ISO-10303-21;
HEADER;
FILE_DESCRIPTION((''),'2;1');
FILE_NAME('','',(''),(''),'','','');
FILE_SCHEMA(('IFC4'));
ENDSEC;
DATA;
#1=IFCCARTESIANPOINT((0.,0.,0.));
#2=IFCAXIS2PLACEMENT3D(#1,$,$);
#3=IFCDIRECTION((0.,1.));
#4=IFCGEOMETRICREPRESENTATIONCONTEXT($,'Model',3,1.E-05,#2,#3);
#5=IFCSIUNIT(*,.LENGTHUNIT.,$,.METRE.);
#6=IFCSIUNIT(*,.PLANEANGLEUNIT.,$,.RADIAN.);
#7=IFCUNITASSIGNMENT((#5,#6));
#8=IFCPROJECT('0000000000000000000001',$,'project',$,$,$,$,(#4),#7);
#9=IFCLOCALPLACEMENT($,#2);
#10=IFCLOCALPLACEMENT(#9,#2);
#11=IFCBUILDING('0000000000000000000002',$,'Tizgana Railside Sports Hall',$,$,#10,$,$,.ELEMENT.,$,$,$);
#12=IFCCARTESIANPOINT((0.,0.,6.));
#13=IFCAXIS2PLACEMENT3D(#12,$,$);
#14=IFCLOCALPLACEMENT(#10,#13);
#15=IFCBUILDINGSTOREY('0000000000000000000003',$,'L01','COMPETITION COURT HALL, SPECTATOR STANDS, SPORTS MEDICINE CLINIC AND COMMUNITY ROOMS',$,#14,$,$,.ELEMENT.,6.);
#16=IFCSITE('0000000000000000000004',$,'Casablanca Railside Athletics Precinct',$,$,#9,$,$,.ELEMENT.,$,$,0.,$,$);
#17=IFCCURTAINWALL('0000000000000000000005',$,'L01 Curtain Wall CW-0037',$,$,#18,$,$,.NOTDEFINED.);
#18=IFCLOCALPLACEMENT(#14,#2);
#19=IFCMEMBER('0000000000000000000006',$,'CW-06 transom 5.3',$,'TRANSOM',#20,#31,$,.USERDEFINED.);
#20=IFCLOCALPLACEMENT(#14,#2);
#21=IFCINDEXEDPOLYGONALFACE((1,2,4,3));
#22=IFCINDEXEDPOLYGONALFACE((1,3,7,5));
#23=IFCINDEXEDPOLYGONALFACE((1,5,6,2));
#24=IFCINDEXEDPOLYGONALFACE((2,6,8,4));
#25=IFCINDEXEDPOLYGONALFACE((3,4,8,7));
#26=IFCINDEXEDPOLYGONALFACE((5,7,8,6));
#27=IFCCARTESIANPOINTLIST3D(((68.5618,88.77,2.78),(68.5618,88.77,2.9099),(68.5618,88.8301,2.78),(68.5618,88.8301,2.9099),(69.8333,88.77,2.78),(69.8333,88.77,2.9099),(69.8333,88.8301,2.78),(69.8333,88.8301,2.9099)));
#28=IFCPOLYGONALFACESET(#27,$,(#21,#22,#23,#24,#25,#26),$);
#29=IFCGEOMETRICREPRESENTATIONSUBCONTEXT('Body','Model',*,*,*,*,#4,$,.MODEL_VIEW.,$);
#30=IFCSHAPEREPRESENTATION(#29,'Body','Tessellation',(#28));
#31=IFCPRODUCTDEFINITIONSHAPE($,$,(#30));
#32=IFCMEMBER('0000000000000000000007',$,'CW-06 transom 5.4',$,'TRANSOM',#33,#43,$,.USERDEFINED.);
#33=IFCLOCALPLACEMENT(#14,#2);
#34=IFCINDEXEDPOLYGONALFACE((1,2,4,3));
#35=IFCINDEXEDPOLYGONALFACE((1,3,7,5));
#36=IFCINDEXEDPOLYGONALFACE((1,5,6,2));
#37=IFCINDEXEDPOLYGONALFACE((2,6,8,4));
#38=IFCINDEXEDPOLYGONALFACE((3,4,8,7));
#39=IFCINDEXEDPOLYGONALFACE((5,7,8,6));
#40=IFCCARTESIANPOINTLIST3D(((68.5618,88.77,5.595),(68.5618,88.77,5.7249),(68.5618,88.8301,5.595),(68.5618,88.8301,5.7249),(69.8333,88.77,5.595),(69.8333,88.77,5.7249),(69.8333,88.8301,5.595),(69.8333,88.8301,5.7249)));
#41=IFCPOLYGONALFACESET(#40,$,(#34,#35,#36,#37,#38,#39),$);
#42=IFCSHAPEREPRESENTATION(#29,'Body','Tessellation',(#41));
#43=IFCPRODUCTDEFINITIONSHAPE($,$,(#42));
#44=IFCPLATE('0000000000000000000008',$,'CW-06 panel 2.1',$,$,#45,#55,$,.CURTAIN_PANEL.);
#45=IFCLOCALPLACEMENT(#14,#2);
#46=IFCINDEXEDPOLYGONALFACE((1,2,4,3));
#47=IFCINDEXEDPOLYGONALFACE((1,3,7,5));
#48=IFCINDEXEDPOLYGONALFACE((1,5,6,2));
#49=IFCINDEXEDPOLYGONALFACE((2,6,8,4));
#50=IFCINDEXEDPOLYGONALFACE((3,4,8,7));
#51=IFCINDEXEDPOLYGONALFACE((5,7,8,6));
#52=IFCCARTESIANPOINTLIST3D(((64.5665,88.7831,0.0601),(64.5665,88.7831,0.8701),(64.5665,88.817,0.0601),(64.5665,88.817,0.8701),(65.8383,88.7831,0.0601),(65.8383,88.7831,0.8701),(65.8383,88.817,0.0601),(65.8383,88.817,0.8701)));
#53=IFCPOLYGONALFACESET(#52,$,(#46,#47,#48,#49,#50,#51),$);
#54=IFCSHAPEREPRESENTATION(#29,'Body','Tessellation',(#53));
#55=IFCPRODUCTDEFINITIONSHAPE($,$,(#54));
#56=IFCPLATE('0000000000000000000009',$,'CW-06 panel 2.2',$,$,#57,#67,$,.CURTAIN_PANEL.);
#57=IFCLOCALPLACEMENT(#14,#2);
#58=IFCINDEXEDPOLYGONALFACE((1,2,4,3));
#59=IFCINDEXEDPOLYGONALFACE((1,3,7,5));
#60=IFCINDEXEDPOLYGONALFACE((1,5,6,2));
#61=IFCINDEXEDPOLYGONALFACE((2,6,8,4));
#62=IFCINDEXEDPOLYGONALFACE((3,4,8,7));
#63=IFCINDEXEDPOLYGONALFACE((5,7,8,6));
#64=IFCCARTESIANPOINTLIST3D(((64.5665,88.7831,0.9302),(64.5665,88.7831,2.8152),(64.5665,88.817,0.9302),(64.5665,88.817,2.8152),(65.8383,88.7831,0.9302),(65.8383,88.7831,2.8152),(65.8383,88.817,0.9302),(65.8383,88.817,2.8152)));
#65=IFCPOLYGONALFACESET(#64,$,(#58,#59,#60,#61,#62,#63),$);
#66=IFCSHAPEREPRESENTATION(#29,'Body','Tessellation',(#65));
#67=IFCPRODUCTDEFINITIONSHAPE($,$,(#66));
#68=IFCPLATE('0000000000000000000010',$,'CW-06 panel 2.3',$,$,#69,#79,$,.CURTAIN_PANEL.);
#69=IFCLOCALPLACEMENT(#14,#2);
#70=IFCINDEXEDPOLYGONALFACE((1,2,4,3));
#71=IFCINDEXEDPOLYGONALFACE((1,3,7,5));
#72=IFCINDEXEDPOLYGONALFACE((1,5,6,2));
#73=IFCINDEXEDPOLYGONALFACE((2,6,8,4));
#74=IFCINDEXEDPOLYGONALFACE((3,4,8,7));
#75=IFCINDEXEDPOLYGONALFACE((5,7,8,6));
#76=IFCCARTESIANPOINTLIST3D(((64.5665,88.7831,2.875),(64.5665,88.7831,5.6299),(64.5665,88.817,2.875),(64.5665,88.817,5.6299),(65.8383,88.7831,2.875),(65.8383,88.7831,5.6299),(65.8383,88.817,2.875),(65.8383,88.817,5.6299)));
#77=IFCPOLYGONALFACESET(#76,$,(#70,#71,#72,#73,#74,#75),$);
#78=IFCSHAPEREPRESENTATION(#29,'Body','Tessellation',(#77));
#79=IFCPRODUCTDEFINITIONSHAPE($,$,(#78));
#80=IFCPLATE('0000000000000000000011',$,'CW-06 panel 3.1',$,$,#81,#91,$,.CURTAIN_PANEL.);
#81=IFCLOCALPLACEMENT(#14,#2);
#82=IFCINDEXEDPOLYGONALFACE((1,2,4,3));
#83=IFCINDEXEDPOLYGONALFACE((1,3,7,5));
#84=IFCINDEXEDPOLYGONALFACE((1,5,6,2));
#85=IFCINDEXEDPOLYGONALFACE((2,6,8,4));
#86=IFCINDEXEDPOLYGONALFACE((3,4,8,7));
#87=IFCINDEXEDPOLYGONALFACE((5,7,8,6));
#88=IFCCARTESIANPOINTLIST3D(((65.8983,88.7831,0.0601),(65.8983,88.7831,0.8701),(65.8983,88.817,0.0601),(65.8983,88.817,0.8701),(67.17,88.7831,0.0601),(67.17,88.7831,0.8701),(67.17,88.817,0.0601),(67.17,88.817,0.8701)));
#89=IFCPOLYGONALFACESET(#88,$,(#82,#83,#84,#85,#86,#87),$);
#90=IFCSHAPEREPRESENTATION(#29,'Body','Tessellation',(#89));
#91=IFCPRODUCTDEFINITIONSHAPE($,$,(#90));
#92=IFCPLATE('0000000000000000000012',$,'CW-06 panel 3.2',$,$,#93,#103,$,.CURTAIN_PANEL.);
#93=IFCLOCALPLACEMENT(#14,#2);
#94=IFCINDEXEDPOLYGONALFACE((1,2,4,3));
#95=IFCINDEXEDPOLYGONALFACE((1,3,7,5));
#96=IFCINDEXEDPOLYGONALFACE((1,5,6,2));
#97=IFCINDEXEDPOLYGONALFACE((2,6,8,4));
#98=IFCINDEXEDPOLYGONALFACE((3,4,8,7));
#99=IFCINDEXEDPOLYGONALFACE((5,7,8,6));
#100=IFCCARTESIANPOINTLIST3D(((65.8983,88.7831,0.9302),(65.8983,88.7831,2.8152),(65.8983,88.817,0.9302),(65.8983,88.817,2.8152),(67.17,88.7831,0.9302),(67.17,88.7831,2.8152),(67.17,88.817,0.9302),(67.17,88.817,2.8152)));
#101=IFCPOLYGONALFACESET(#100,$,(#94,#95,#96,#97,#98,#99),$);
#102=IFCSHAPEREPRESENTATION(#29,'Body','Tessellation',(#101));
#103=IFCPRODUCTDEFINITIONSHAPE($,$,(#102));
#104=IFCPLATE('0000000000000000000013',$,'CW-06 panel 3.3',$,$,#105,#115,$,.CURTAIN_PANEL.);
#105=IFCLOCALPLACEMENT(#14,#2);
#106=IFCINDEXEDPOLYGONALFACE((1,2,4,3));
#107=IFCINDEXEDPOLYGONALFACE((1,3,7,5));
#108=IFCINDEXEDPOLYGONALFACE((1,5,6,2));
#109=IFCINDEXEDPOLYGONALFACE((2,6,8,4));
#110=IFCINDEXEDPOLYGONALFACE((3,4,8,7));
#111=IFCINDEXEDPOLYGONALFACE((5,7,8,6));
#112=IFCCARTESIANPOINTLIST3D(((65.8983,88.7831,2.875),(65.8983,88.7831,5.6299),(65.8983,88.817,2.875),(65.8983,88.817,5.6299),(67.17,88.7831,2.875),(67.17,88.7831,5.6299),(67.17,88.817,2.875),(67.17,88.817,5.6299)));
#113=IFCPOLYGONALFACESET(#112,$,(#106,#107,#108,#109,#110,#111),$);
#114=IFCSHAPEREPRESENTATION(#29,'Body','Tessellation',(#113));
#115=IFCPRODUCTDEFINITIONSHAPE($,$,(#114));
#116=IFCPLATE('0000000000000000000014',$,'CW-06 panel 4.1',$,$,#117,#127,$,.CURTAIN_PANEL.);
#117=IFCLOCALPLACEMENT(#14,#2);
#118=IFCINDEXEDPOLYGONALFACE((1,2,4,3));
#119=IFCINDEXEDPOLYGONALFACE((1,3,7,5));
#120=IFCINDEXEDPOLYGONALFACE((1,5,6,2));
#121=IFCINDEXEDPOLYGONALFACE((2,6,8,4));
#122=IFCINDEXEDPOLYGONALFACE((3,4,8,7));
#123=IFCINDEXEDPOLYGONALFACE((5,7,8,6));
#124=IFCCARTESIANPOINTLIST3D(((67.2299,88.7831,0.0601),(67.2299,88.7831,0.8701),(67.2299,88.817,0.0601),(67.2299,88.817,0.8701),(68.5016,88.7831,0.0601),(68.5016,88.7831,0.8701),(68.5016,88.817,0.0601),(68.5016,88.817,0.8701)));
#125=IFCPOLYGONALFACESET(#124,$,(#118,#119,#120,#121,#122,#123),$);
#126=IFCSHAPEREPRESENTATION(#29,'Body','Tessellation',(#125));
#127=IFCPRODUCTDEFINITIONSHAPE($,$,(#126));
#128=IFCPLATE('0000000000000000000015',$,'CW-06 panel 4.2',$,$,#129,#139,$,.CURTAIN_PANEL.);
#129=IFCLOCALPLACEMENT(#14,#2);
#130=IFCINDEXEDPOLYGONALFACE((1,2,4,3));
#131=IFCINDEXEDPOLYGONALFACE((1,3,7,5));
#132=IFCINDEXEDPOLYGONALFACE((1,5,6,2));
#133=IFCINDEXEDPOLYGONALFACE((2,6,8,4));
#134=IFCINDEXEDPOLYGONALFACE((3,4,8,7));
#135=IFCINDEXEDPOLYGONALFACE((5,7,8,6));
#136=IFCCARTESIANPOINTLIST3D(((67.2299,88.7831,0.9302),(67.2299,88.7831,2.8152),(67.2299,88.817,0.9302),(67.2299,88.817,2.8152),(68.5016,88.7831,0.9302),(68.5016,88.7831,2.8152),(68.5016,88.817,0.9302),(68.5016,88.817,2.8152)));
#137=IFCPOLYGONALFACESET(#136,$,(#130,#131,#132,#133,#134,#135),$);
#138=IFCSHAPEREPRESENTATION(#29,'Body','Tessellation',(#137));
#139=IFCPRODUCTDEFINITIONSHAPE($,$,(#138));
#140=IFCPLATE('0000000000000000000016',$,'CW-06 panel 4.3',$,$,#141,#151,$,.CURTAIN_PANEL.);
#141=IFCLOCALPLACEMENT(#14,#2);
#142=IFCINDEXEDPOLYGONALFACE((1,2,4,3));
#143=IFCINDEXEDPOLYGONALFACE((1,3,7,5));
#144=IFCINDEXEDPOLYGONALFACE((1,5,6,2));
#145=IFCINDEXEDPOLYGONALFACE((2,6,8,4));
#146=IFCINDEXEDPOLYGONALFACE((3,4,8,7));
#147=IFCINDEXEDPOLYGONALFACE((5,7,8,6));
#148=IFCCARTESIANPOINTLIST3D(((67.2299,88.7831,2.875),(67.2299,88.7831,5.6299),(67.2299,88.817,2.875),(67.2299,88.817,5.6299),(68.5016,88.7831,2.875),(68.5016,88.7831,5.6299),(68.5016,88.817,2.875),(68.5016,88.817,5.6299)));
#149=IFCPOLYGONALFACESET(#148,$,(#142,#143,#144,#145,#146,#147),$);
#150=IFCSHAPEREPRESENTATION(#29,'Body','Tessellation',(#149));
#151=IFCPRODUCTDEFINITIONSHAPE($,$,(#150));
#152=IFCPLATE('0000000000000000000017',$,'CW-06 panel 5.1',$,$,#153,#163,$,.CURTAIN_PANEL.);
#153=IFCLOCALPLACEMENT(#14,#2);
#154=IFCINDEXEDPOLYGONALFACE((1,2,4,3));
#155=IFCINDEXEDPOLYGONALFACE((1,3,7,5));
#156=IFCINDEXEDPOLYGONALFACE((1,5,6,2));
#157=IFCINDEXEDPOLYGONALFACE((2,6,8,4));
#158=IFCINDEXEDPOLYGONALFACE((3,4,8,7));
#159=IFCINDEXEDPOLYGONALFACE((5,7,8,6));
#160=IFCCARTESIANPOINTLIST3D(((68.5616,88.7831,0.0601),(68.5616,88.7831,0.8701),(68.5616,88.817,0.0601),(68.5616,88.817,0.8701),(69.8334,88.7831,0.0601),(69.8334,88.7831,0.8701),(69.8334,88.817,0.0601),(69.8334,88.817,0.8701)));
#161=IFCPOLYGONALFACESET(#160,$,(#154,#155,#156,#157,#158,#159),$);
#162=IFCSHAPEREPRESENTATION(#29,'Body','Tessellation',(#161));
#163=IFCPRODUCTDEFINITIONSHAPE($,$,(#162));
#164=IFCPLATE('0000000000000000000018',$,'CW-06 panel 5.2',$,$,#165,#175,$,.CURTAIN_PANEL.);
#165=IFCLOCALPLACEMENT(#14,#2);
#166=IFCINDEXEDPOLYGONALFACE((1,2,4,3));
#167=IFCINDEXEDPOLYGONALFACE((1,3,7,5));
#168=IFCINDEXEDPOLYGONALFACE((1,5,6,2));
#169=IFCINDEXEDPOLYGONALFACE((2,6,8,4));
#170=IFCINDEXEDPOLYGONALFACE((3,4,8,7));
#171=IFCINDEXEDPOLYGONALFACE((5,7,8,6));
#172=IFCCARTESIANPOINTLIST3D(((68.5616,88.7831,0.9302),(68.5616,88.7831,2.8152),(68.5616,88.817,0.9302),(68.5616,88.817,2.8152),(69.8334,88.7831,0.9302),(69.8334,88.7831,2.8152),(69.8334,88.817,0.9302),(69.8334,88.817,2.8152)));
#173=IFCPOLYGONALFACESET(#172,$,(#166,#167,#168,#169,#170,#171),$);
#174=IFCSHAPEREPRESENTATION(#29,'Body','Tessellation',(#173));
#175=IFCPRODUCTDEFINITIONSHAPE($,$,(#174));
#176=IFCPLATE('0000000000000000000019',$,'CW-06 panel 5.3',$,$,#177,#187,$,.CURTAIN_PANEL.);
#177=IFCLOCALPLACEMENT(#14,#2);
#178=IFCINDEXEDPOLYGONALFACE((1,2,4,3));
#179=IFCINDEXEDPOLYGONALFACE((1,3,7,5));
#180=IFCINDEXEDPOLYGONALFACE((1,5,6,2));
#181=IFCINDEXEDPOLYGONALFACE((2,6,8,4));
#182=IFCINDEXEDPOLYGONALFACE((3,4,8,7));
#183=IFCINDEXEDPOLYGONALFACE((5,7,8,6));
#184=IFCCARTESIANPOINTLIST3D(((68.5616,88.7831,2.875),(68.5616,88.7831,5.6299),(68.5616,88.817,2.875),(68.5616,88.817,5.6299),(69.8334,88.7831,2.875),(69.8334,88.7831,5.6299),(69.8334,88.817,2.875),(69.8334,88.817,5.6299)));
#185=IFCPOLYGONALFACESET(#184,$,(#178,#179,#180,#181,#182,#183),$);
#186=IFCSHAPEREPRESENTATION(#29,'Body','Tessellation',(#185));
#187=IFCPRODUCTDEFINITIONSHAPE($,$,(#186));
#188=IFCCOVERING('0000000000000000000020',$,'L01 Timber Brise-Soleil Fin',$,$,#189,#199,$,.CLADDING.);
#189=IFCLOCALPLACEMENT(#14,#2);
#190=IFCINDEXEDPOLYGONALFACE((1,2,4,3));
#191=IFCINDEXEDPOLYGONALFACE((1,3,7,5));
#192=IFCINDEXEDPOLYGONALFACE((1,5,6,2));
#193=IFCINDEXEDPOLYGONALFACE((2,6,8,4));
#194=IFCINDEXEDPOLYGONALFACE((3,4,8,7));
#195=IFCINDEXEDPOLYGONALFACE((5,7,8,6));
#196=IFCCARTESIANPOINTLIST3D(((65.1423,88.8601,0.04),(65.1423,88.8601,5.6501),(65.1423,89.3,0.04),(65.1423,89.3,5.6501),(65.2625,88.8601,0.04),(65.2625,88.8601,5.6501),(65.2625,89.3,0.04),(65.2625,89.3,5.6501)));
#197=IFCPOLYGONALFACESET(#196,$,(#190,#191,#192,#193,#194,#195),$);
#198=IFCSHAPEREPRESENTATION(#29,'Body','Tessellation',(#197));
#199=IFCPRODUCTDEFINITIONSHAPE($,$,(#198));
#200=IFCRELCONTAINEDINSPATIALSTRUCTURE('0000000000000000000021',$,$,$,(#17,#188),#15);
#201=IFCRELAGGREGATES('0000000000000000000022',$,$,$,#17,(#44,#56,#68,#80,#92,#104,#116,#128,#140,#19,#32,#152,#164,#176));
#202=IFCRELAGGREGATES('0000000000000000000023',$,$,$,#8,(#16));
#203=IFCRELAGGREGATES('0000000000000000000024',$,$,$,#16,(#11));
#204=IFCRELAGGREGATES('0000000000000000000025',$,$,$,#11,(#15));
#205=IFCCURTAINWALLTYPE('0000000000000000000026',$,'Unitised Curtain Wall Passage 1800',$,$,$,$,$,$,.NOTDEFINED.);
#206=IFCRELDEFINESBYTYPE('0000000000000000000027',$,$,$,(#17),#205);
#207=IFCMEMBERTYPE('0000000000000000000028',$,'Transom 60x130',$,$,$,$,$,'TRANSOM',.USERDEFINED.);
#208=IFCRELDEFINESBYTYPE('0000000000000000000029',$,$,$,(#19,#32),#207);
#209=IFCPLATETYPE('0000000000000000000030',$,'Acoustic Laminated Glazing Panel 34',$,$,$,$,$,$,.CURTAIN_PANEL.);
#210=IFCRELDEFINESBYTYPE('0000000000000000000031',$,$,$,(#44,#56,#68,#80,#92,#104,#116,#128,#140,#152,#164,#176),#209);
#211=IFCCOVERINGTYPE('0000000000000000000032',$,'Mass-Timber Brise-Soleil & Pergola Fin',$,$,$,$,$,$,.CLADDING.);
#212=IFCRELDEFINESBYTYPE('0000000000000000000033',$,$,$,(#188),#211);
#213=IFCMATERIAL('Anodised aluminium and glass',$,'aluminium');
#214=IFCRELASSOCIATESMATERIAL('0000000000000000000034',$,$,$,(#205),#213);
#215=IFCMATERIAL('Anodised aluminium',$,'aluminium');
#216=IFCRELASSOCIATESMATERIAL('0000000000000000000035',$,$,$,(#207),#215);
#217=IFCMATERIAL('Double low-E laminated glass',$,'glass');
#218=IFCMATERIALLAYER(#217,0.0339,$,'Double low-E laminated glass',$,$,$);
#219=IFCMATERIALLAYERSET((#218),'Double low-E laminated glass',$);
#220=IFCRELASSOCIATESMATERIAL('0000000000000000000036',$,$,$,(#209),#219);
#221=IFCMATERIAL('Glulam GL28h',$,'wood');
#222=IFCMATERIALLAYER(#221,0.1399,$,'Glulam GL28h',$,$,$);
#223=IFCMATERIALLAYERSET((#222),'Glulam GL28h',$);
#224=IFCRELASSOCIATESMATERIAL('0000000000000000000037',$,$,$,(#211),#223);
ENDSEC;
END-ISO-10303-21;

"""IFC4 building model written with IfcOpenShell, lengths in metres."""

from ifc_helpers import new_model, si_unit, direction, frame, origin, origin_2d, place, context, subcontext, project, spatial, rectangle, extrude, material, layer, layer_set, material_profile, profile_set, type_object, element, aggregate, save


model = new_model("IFC4")

# Units and contexts
model_context = context("Model", 3, precision=1e-05, world=origin(), true_north=direction((0.0, 1.0)))
body_context = subcontext(model_context, "Body", "Model", "MODEL_VIEW")
ifc_project = project(units=[si_unit("LENGTHUNIT", "METRE"), si_unit("PLANEANGLEUNIT", "RADIAN")], contexts=[model_context])

# Site, building, storey
site_placement = place(None, origin())
site = spatial("IfcSite", under=ifc_project, at=site_placement, Name="Casablanca Railside Athletics Precinct", CompositionType="ELEMENT", RefElevation=0.0)
building_placement = place(site_placement, origin())
building = spatial("IfcBuilding", under=site, at=building_placement, Name="Tizgana Railside Sports Hall", CompositionType="ELEMENT")
storey_placement = place(building_placement, frame((0.0, 0.0, 6.0)))
storey = spatial("IfcBuildingStorey", under=building, at=storey_placement, Name="L01", Description="COMPETITION COURT HALL, SPECTATOR STANDS, SPORTS MEDICINE CLINIC AND COMMUNITY ROOMS", CompositionType="ELEMENT", Elevation=6.0)

# Curtain wall, members, plates
ifc_material_1 = material(Name="Anodised aluminium and glass", Category="aluminium")
curtain_wall_type = type_object("IfcCurtainWallType", Name="Unitised Curtain Wall Passage 1800", PredefinedType="NOTDEFINED", material=ifc_material_1)
curtain_wall_placement = place(storey_placement, origin())
curtain_wall = element("IfcCurtainWall", 1, at=curtain_wall_placement, inside=storey, type_object=curtain_wall_type, Name="L01 Curtain Wall CW-0037", PredefinedType="NOTDEFINED")
ifc_material_2 = material(Name="Anodised aluminium", Category="aluminium")
ifc_material_profile_1 = material_profile(ifc_material_2, rectangle(XDim=0.0601, YDim=0.1299, at=origin_2d()), Name="Transom 60x130")
ifc_profile_set_1 = profile_set([ifc_material_profile_1], Name="Anodised aluminium")
member_type_1 = type_object("IfcMemberType", Name="Transom 60x130", ElementType="TRANSOM", PredefinedType="USERDEFINED", material=ifc_profile_set_1)
member_1_placement = place(storey_placement, frame((68.5618, 88.8, 2.845), z_axis=(1.0, 0.0, 0.0), x_axis=(0.0, 1.0, 0.0)))
member_1 = element("IfcMember", 2, at=member_1_placement, type_object=member_type_1, Name="CW-06 transom 5.3", ObjectType="TRANSOM", PredefinedType="USERDEFINED", context=body_context, shape_type="SweptSolid", body=[
    extrude(rectangle(XDim=0.0601, YDim=0.1299, at=origin_2d()), origin(), (0.0, 0.0, 1.0), 1.2715),
])
member_2_placement = place(storey_placement, frame((68.5618, 88.8, 5.6599), z_axis=(1.0, 0.0, 0.0), x_axis=(0.0, 1.0, 0.0)))
member_2 = element("IfcMember", 3, at=member_2_placement, type_object=member_type_1, Name="CW-06 transom 5.4", ObjectType="TRANSOM", PredefinedType="USERDEFINED", context=body_context, shape_type="SweptSolid", body=[
    extrude(rectangle(XDim=0.0601, YDim=0.1299, at=origin_2d()), origin(), (0.0, 0.0, 1.0), 1.2715),
])
ifc_material_3 = material(Name="Double low-E laminated glass", Category="glass")
ifc_layer_1 = layer(ifc_material_3, 0.0339, Name="Double low-E laminated glass")
ifc_layer_set_1 = layer_set([ifc_layer_1], Name="Double low-E laminated glass")
plate_type = type_object("IfcPlateType", Name="Acoustic Laminated Glazing Panel 34", PredefinedType="CURTAIN_PANEL", material=ifc_layer_set_1)
plate_1_placement = place(storey_placement, frame((65.2024, 88.8, 0.0601), z_axis=(0.0, 0.0, 1.0), x_axis=(1.0, 0.0, 0.0)))
plate_1 = element("IfcPlate", 4, at=plate_1_placement, type_object=plate_type, Name="CW-06 panel 2.1", PredefinedType="CURTAIN_PANEL", context=body_context, shape_type="SweptSolid", body=[
    extrude(rectangle(XDim=1.2717, YDim=0.0339, at=origin_2d()), origin(), (0.0, 0.0, 1.0), 0.8101),
])
plate_2_placement = place(storey_placement, frame((65.2024, 88.8, 0.9302), z_axis=(0.0, 0.0, 1.0), x_axis=(1.0, 0.0, 0.0)))
plate_2 = element("IfcPlate", 5, at=plate_2_placement, type_object=plate_type, Name="CW-06 panel 2.2", PredefinedType="CURTAIN_PANEL", context=body_context, shape_type="SweptSolid", body=[
    extrude(rectangle(XDim=1.2717, YDim=0.0339, at=origin_2d()), origin(), (0.0, 0.0, 1.0), 1.885),
])
plate_3_placement = place(storey_placement, frame((65.2024, 88.8, 2.875), z_axis=(0.0, 0.0, 1.0), x_axis=(1.0, 0.0, 0.0)))
plate_3 = element("IfcPlate", 6, at=plate_3_placement, type_object=plate_type, Name="CW-06 panel 2.3", PredefinedType="CURTAIN_PANEL", context=body_context, shape_type="SweptSolid", body=[
    extrude(rectangle(XDim=1.2717, YDim=0.0339, at=origin_2d()), origin(), (0.0, 0.0, 1.0), 2.7549),
])
plate_4_placement = place(storey_placement, frame((66.5342, 88.8, 0.0601), z_axis=(0.0, 0.0, 1.0), x_axis=(1.0, 0.0, 0.0)))
plate_4 = element("IfcPlate", 7, at=plate_4_placement, type_object=plate_type, Name="CW-06 panel 3.1", PredefinedType="CURTAIN_PANEL", context=body_context, shape_type="SweptSolid", body=[
    extrude(rectangle(XDim=1.2717, YDim=0.0339, at=origin_2d()), origin(), (0.0, 0.0, 1.0), 0.8101),
])
plate_5_placement = place(storey_placement, frame((66.5342, 88.8, 0.9302), z_axis=(0.0, 0.0, 1.0), x_axis=(1.0, 0.0, 0.0)))
plate_5 = element("IfcPlate", 8, at=plate_5_placement, type_object=plate_type, Name="CW-06 panel 3.2", PredefinedType="CURTAIN_PANEL", context=body_context, shape_type="SweptSolid", body=[
    extrude(rectangle(XDim=1.2717, YDim=0.0339, at=origin_2d()), origin(), (0.0, 0.0, 1.0), 1.885),
])
plate_6_placement = place(storey_placement, frame((66.5342, 88.8, 2.875), z_axis=(0.0, 0.0, 1.0), x_axis=(1.0, 0.0, 0.0)))
plate_6 = element("IfcPlate", 9, at=plate_6_placement, type_object=plate_type, Name="CW-06 panel 3.3", PredefinedType="CURTAIN_PANEL", context=body_context, shape_type="SweptSolid", body=[
    extrude(rectangle(XDim=1.2717, YDim=0.0339, at=origin_2d()), origin(), (0.0, 0.0, 1.0), 2.7549),
])
plate_7_placement = place(storey_placement, frame((67.8657, 88.8, 0.0601), z_axis=(0.0, 0.0, 1.0), x_axis=(1.0, 0.0, 0.0)))
plate_7 = element("IfcPlate", 10, at=plate_7_placement, type_object=plate_type, Name="CW-06 panel 4.1", PredefinedType="CURTAIN_PANEL", context=body_context, shape_type="SweptSolid", body=[
    extrude(rectangle(XDim=1.2717, YDim=0.0339, at=origin_2d()), origin(), (0.0, 0.0, 1.0), 0.8101),
])
plate_8_placement = place(storey_placement, frame((67.8657, 88.8, 0.9302), z_axis=(0.0, 0.0, 1.0), x_axis=(1.0, 0.0, 0.0)))
plate_8 = element("IfcPlate", 11, at=plate_8_placement, type_object=plate_type, Name="CW-06 panel 4.2", PredefinedType="CURTAIN_PANEL", context=body_context, shape_type="SweptSolid", body=[
    extrude(rectangle(XDim=1.2717, YDim=0.0339, at=origin_2d()), origin(), (0.0, 0.0, 1.0), 1.885),
])
plate_9_placement = place(storey_placement, frame((67.8657, 88.8, 2.875), z_axis=(0.0, 0.0, 1.0), x_axis=(1.0, 0.0, 0.0)))
plate_9 = element("IfcPlate", 12, at=plate_9_placement, type_object=plate_type, Name="CW-06 panel 4.3", PredefinedType="CURTAIN_PANEL", context=body_context, shape_type="SweptSolid", body=[
    extrude(rectangle(XDim=1.2717, YDim=0.0339, at=origin_2d()), origin(), (0.0, 0.0, 1.0), 2.7549),
])
plate_10_placement = place(storey_placement, frame((69.1975, 88.8, 0.0601), z_axis=(0.0, 0.0, 1.0), x_axis=(1.0, 0.0, 0.0)))
plate_10 = element("IfcPlate", 13, at=plate_10_placement, type_object=plate_type, Name="CW-06 panel 5.1", PredefinedType="CURTAIN_PANEL", context=body_context, shape_type="SweptSolid", body=[
    extrude(rectangle(XDim=1.2717, YDim=0.0339, at=origin_2d()), origin(), (0.0, 0.0, 1.0), 0.8101),
])
plate_11_placement = place(storey_placement, frame((69.1975, 88.8, 0.9302), z_axis=(0.0, 0.0, 1.0), x_axis=(1.0, 0.0, 0.0)))
plate_11 = element("IfcPlate", 14, at=plate_11_placement, type_object=plate_type, Name="CW-06 panel 5.2", PredefinedType="CURTAIN_PANEL", context=body_context, shape_type="SweptSolid", body=[
    extrude(rectangle(XDim=1.2717, YDim=0.0339, at=origin_2d()), origin(), (0.0, 0.0, 1.0), 1.885),
])
plate_12_placement = place(storey_placement, frame((69.1975, 88.8, 2.875), z_axis=(0.0, 0.0, 1.0), x_axis=(1.0, 0.0, 0.0)))
plate_12 = element("IfcPlate", 15, at=plate_12_placement, type_object=plate_type, Name="CW-06 panel 5.3", PredefinedType="CURTAIN_PANEL", context=body_context, shape_type="SweptSolid", body=[
    extrude(rectangle(XDim=1.2717, YDim=0.0339, at=origin_2d()), origin(), (0.0, 0.0, 1.0), 2.7549),
])
aggregate(curtain_wall, [plate_1, plate_2, plate_3, plate_4, plate_5, plate_6, plate_7, plate_8, plate_9, member_1, member_2, plate_10, plate_11, plate_12])

# Covering
ifc_material_4 = material(Name="Glulam GL28h", Category="wood")
ifc_layer_2 = layer(ifc_material_4, 0.1399, Name="Glulam GL28h")
ifc_layer_set_2 = layer_set([ifc_layer_2], Name="Glulam GL28h")
covering_type = type_object("IfcCoveringType", Name="Mass-Timber Brise-Soleil & Pergola Fin", PredefinedType="CLADDING", material=ifc_layer_set_2)
for number, where, z_axis, x_axis, name in (
    (16, (65.2024, 89.0801, 0.04), (0.0, 0.0, 1.0), (1.0, 0.0, 0.0), "L01 Timber Brise-Soleil Fin"),
):
    element("IfcCovering", number, at=place(storey_placement, frame(where, z_axis=z_axis, x_axis=x_axis)), inside=storey, type_object=covering_type, Name=name, PredefinedType="CLADDING", context=body_context, shape_type="SweptSolid", body=[
        extrude(rectangle(XDim=0.1201, YDim=0.4399, at=origin_2d()), origin(), (0.0, 0.0, 1.0), 5.6101),
    ])

save(model, "model.ifc")
